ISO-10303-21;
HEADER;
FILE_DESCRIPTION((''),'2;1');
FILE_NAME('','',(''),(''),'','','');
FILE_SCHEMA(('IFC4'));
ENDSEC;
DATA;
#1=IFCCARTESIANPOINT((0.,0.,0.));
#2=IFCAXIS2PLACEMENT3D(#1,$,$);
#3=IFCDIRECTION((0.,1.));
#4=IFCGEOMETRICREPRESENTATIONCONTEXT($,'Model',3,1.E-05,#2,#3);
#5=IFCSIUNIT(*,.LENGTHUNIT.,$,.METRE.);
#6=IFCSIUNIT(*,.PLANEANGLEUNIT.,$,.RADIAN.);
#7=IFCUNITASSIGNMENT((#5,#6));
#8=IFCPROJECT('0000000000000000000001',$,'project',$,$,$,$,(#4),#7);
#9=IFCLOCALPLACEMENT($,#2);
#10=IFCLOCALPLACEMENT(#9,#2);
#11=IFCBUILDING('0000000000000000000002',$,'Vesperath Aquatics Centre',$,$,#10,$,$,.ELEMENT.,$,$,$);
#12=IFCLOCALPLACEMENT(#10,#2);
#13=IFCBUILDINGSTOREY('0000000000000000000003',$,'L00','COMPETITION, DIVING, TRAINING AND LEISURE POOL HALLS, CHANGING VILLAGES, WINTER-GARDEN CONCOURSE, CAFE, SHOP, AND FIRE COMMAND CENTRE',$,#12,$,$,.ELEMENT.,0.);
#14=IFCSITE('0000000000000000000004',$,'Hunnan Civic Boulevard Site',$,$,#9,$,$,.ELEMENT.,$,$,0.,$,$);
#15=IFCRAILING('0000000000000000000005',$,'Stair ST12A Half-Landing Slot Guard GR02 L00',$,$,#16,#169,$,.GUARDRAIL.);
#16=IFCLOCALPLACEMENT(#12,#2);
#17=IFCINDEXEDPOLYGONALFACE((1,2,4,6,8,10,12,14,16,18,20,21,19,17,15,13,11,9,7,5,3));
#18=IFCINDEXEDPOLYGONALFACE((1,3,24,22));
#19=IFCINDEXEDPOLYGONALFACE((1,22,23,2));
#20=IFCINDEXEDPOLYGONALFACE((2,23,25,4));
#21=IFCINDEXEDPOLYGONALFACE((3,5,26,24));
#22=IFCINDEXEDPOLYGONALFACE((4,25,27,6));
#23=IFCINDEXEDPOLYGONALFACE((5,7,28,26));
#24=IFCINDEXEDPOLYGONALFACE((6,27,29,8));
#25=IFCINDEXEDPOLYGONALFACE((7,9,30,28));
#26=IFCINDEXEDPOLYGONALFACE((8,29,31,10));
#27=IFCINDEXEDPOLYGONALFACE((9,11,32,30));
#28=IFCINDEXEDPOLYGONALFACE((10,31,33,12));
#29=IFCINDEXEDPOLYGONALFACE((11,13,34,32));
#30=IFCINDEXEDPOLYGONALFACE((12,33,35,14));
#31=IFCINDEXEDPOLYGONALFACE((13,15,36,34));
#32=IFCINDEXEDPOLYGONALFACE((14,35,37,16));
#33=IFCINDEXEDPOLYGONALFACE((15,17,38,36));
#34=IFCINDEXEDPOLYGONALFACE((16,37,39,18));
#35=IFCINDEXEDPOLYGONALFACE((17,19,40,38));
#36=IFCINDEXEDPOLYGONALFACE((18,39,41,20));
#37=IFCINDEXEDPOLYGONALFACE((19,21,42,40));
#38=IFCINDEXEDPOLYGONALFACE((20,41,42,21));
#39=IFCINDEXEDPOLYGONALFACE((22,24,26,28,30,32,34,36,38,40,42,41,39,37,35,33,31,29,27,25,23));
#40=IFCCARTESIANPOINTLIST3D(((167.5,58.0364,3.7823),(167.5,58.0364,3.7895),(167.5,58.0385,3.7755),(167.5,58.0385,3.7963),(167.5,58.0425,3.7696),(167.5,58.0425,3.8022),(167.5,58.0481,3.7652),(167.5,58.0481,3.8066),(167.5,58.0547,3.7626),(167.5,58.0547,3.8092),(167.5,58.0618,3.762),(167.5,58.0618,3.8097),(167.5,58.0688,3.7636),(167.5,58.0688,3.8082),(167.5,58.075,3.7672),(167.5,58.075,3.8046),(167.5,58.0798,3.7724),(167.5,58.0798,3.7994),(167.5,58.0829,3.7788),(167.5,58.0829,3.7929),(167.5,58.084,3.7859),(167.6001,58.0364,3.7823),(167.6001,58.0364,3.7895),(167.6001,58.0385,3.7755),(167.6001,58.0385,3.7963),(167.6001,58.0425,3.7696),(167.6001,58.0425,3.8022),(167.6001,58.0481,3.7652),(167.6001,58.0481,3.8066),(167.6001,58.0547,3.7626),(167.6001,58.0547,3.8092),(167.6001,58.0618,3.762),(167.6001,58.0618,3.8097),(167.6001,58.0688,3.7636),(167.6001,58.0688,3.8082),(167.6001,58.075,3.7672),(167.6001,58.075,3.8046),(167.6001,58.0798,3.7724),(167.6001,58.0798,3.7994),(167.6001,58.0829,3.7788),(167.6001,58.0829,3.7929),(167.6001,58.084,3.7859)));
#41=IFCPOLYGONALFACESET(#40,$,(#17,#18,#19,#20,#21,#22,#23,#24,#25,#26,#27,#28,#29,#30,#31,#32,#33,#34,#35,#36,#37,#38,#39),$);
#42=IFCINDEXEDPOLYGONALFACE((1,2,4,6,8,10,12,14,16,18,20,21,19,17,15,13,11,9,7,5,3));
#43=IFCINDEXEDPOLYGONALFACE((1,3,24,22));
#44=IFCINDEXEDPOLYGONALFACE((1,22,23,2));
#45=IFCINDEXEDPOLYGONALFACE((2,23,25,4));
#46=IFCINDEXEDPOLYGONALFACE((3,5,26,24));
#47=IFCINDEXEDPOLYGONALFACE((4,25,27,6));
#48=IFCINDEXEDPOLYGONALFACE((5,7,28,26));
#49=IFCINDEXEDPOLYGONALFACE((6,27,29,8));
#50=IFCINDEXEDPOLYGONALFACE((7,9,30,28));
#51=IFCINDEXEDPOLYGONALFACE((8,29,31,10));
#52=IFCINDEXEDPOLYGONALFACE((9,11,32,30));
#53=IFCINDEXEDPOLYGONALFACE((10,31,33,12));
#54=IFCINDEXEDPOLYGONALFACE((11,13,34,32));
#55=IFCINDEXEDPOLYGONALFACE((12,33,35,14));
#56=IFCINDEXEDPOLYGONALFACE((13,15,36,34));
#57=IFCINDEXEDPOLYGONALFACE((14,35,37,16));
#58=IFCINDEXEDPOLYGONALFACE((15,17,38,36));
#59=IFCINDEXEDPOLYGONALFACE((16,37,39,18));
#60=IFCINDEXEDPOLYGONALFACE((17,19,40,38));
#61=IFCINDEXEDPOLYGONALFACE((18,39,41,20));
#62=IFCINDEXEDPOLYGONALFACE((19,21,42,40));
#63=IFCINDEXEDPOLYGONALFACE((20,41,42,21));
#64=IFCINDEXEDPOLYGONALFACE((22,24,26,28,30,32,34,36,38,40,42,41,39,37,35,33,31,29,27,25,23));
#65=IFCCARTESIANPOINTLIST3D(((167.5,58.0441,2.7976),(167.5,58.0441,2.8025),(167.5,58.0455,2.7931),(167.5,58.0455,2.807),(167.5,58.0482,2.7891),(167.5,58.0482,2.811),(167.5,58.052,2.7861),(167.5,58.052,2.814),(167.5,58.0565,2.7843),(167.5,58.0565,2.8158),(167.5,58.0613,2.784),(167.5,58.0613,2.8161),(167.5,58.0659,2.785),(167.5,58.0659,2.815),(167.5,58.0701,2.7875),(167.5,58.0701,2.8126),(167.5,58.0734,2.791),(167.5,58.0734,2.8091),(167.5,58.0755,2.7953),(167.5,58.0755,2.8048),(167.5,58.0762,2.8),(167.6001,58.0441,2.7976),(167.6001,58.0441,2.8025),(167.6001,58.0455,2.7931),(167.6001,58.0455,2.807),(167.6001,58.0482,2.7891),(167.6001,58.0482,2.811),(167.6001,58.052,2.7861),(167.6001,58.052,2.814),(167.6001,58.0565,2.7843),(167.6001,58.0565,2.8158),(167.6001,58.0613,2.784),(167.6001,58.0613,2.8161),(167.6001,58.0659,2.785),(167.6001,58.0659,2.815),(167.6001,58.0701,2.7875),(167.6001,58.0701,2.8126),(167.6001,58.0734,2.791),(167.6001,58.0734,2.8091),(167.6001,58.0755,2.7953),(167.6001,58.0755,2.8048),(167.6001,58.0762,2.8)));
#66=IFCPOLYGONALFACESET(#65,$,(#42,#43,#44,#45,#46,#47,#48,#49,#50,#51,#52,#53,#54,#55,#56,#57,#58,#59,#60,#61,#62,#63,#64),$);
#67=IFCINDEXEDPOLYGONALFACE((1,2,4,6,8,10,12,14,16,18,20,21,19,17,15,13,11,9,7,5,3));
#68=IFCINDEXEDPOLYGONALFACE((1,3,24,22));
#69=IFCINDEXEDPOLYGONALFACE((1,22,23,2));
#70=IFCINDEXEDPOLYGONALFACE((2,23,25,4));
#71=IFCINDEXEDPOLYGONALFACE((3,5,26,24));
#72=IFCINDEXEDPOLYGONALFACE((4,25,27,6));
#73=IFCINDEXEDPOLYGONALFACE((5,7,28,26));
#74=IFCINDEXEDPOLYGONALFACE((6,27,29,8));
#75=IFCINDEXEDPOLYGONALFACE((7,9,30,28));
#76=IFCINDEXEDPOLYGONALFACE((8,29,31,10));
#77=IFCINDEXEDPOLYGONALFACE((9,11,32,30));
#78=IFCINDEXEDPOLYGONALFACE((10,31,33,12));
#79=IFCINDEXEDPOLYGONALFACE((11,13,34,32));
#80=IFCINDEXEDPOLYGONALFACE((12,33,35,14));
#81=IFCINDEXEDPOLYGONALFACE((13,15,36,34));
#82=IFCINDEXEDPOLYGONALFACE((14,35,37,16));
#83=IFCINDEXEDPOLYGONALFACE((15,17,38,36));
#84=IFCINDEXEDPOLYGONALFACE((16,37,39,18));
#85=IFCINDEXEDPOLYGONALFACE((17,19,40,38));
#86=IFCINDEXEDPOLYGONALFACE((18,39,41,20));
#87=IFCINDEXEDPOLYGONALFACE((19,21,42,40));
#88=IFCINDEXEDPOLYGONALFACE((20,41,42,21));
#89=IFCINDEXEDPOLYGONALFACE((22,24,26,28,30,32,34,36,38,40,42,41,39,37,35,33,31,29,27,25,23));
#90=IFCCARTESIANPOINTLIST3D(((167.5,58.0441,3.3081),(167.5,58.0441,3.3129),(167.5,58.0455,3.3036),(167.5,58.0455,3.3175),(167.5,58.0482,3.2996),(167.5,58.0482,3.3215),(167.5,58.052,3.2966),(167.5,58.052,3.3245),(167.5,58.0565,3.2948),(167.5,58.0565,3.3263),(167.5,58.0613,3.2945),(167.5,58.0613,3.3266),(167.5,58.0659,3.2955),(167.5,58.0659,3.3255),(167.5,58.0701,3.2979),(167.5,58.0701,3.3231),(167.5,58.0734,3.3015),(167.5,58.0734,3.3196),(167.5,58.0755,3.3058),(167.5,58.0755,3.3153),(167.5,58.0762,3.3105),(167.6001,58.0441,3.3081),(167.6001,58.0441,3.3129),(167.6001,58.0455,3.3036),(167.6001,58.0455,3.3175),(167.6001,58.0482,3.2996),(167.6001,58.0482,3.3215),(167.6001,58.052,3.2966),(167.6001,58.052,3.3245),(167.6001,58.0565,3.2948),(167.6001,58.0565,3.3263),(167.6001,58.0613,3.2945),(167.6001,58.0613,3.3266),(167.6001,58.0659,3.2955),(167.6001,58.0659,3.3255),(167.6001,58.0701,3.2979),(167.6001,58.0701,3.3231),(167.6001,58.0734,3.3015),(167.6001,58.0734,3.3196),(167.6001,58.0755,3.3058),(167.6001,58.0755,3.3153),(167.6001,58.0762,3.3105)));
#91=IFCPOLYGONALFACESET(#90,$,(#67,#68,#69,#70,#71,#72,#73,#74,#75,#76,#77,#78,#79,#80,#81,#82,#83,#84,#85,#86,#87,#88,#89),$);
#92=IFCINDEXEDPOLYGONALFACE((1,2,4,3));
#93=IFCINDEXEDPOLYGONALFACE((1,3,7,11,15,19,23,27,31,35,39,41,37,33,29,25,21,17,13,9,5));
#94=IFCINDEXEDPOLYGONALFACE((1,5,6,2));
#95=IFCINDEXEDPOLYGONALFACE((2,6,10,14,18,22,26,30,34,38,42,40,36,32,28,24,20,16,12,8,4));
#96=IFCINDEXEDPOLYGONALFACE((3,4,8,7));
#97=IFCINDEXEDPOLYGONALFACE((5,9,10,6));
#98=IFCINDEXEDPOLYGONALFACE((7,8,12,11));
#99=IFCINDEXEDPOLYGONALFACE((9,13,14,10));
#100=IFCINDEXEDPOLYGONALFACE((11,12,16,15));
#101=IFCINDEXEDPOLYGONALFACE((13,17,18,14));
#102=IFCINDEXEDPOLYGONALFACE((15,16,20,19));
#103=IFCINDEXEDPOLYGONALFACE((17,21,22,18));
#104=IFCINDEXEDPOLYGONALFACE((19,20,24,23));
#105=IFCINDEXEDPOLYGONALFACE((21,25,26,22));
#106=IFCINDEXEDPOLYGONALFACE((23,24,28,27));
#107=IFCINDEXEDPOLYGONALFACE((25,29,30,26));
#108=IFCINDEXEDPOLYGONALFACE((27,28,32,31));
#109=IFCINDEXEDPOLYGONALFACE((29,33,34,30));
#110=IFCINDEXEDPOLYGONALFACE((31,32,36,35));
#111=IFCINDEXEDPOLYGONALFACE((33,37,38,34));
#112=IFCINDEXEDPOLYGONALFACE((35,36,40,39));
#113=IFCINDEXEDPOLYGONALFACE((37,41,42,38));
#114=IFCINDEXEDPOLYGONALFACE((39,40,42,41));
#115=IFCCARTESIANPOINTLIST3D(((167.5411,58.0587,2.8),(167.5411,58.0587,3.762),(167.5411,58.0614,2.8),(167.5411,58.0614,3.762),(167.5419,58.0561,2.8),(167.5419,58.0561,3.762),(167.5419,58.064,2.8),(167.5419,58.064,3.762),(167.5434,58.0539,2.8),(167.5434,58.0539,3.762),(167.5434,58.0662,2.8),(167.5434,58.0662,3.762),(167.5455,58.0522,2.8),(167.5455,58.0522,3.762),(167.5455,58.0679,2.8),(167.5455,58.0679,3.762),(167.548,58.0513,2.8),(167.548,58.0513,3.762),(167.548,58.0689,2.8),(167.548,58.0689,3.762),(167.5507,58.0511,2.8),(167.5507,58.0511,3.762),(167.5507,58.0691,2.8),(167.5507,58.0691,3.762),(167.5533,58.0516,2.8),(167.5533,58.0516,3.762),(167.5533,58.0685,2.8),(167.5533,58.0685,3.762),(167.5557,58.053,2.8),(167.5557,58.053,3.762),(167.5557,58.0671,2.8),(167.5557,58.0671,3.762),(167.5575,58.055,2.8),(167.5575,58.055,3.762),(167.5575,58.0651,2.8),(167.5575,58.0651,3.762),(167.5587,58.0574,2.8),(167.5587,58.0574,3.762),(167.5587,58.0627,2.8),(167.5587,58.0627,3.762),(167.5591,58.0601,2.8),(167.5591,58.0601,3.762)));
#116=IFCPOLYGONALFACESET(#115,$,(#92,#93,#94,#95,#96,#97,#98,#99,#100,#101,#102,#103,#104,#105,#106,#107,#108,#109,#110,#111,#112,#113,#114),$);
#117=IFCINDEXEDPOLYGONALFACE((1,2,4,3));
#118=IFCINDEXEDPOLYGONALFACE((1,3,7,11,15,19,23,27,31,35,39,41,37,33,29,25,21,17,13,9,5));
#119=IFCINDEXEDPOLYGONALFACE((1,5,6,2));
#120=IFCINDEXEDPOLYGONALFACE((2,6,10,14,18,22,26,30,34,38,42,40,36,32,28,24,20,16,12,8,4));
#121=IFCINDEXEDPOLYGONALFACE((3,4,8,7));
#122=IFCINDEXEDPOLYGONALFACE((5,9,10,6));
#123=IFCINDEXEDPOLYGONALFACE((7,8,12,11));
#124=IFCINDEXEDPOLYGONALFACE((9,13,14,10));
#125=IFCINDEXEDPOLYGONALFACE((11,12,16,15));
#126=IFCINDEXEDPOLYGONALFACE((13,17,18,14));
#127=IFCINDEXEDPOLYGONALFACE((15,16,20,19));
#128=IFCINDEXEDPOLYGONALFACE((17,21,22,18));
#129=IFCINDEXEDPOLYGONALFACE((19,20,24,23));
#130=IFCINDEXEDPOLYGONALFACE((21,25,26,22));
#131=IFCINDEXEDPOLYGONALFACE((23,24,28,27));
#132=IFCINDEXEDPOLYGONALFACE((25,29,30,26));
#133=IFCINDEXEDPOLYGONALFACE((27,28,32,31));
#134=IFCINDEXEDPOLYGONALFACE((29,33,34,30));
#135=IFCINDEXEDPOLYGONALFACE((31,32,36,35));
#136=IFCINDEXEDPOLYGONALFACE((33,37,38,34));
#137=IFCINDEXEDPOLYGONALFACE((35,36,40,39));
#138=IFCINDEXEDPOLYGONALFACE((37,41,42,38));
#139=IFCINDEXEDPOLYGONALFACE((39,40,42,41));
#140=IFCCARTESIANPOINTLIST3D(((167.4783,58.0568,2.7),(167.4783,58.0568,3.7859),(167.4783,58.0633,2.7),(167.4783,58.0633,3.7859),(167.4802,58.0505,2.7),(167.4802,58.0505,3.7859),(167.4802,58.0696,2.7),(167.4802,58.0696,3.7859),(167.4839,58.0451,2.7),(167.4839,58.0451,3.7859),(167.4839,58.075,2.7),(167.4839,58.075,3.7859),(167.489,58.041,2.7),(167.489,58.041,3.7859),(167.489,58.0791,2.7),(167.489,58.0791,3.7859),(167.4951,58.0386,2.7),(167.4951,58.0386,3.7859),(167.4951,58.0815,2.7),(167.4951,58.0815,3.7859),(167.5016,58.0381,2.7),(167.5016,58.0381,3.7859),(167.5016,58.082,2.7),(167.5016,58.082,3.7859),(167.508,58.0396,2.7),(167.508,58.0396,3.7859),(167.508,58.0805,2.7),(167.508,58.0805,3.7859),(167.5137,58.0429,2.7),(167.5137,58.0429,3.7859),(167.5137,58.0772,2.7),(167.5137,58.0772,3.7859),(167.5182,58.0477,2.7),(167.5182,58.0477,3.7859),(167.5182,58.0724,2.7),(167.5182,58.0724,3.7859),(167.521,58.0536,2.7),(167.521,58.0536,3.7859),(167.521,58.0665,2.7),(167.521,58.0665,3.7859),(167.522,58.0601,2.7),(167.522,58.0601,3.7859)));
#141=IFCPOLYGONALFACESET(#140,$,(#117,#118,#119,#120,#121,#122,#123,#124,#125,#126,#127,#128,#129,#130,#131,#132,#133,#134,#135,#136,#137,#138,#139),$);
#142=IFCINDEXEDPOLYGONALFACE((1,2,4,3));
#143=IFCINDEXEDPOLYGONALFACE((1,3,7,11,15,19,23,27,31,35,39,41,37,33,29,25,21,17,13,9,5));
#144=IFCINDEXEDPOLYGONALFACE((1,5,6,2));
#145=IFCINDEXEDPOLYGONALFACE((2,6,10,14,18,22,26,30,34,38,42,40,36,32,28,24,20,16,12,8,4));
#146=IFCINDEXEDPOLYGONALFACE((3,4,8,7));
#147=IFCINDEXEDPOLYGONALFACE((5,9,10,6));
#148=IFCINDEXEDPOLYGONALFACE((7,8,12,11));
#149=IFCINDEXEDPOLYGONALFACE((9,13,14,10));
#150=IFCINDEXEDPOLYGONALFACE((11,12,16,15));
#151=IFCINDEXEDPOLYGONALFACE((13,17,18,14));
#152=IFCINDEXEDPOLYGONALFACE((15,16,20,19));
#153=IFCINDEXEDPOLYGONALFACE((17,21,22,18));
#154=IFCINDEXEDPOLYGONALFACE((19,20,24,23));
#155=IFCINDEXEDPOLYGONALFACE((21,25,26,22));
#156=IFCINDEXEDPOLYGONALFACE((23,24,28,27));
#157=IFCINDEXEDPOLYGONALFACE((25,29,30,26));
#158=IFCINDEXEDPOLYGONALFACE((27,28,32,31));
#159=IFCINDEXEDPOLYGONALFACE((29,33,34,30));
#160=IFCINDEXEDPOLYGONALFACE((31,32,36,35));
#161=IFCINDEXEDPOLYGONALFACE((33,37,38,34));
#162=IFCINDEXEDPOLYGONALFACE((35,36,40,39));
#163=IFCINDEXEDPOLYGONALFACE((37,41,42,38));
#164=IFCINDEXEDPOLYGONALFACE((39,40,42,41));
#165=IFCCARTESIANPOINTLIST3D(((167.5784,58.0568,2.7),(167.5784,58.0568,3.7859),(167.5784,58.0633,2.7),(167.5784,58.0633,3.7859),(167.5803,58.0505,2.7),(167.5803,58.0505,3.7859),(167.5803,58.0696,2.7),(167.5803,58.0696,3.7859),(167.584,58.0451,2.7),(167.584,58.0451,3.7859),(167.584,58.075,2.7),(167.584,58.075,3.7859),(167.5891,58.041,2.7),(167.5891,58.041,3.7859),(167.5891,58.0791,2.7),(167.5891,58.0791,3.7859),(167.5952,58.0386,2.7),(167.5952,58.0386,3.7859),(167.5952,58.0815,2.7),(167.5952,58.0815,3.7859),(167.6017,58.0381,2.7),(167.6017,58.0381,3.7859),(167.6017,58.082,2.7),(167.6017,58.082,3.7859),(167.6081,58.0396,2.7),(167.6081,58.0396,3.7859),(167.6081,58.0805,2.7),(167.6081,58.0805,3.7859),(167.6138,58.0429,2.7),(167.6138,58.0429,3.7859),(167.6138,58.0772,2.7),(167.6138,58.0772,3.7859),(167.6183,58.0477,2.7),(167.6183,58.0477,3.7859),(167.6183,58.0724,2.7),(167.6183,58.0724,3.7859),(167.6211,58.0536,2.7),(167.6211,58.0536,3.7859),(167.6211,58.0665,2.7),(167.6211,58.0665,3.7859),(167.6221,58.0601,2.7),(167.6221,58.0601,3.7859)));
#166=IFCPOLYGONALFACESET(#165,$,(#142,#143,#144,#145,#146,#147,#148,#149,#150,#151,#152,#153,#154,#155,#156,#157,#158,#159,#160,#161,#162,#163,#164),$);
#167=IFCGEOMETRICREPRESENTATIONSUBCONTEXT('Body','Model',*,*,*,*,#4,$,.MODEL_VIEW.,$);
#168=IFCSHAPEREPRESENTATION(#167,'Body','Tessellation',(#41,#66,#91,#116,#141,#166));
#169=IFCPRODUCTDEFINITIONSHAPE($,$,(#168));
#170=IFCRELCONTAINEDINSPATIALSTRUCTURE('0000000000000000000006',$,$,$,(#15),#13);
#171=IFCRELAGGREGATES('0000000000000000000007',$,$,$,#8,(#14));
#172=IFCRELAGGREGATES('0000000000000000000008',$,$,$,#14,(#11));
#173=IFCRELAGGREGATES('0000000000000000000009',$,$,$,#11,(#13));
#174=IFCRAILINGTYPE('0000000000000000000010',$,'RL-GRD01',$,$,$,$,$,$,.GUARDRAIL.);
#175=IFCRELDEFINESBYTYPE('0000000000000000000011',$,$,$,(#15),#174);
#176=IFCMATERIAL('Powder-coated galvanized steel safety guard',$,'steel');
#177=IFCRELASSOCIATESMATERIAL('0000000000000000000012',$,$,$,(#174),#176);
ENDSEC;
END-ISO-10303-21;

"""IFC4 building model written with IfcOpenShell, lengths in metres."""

from ifc_helpers import new_model, si_unit, direction, frame, origin, origin_2d, place, context, subcontext, project, spatial, circle, extrude, material, type_object, element, save


model = new_model("IFC4")

# Units and contexts
model_context = context("Model", 3, precision=1e-05, world=origin(), true_north=direction((0.0, 1.0)))
body_context = subcontext(model_context, "Body", "Model", "MODEL_VIEW")
ifc_project = project(units=[si_unit("LENGTHUNIT", "METRE"), si_unit("PLANEANGLEUNIT", "RADIAN")], contexts=[model_context])

# Site, building, storey
site_placement = place(None, origin())
site = spatial("IfcSite", under=ifc_project, at=site_placement, Name="Hunnan Civic Boulevard Site", CompositionType="ELEMENT", RefElevation=0.0)
building_placement = place(site_placement, origin())
building = spatial("IfcBuilding", under=site, at=building_placement, Name="Vesperath Aquatics Centre", CompositionType="ELEMENT")
storey_placement = place(building_placement, origin())
storey = spatial("IfcBuildingStorey", under=building, at=storey_placement, Name="L00", Description="COMPETITION, DIVING, TRAINING AND LEISURE POOL HALLS, CHANGING VILLAGES, WINTER-GARDEN CONCOURSE, CAFE, SHOP, AND FIRE COMMAND CENTRE", CompositionType="ELEMENT", Elevation=0.0)

# Railing
ifc_material_1 = material(Name="Powder-coated galvanized steel safety guard", Category="steel")
railing_type_1 = type_object("IfcRailingType", Name="RL-GRD01", PredefinedType="GUARDRAIL", material=ifc_material_1)
railing_1_placement = place(storey_placement, frame((167.5, 58.0601, 2.7)))
element("IfcRailing", 1, at=railing_1_placement, inside=storey, type_object=railing_type_1, Name="Stair ST12A Half-Landing Slot Guard GR02 L00", PredefinedType="GUARDRAIL", context=body_context, shape_type="SweptSolid", body=[
    extrude(circle(Radius=0.0239, at=origin_2d()), frame((0.0, 0.0, 1.0859), z_axis=(1.0, 0.0, 0.0), x_axis=(0.0, 1.0, 0.0)), (0.0, 0.0, 1.0), 0.1001),
    extrude(circle(Radius=0.0161, at=origin_2d()), frame((0.0, 0.0, 0.1001), z_axis=(1.0, 0.0, 0.0), x_axis=(0.0, 1.0, 0.0)), (0.0, 0.0, 1.0), 0.1001),
    extrude(circle(Radius=0.0161, at=origin_2d()), frame((0.0, 0.0, 0.6106), z_axis=(1.0, 0.0, 0.0), x_axis=(0.0, 1.0, 0.0)), (0.0, 0.0, 1.0), 0.1001),
    extrude(circle(Radius=0.009, at=origin_2d()), frame((0.05, 0.0, 0.1001)), (0.0, 0.0, 1.0), 0.9619),
    extrude(circle(Radius=0.022, at=origin_2d()), origin(), (0.0, 0.0, 1.0), 1.0859),
    extrude(circle(Radius=0.022, at=origin_2d()), frame((0.1001, 0.0, 0.0)), (0.0, 0.0, 1.0), 1.0859),
])

save(model, "model.ifc")
